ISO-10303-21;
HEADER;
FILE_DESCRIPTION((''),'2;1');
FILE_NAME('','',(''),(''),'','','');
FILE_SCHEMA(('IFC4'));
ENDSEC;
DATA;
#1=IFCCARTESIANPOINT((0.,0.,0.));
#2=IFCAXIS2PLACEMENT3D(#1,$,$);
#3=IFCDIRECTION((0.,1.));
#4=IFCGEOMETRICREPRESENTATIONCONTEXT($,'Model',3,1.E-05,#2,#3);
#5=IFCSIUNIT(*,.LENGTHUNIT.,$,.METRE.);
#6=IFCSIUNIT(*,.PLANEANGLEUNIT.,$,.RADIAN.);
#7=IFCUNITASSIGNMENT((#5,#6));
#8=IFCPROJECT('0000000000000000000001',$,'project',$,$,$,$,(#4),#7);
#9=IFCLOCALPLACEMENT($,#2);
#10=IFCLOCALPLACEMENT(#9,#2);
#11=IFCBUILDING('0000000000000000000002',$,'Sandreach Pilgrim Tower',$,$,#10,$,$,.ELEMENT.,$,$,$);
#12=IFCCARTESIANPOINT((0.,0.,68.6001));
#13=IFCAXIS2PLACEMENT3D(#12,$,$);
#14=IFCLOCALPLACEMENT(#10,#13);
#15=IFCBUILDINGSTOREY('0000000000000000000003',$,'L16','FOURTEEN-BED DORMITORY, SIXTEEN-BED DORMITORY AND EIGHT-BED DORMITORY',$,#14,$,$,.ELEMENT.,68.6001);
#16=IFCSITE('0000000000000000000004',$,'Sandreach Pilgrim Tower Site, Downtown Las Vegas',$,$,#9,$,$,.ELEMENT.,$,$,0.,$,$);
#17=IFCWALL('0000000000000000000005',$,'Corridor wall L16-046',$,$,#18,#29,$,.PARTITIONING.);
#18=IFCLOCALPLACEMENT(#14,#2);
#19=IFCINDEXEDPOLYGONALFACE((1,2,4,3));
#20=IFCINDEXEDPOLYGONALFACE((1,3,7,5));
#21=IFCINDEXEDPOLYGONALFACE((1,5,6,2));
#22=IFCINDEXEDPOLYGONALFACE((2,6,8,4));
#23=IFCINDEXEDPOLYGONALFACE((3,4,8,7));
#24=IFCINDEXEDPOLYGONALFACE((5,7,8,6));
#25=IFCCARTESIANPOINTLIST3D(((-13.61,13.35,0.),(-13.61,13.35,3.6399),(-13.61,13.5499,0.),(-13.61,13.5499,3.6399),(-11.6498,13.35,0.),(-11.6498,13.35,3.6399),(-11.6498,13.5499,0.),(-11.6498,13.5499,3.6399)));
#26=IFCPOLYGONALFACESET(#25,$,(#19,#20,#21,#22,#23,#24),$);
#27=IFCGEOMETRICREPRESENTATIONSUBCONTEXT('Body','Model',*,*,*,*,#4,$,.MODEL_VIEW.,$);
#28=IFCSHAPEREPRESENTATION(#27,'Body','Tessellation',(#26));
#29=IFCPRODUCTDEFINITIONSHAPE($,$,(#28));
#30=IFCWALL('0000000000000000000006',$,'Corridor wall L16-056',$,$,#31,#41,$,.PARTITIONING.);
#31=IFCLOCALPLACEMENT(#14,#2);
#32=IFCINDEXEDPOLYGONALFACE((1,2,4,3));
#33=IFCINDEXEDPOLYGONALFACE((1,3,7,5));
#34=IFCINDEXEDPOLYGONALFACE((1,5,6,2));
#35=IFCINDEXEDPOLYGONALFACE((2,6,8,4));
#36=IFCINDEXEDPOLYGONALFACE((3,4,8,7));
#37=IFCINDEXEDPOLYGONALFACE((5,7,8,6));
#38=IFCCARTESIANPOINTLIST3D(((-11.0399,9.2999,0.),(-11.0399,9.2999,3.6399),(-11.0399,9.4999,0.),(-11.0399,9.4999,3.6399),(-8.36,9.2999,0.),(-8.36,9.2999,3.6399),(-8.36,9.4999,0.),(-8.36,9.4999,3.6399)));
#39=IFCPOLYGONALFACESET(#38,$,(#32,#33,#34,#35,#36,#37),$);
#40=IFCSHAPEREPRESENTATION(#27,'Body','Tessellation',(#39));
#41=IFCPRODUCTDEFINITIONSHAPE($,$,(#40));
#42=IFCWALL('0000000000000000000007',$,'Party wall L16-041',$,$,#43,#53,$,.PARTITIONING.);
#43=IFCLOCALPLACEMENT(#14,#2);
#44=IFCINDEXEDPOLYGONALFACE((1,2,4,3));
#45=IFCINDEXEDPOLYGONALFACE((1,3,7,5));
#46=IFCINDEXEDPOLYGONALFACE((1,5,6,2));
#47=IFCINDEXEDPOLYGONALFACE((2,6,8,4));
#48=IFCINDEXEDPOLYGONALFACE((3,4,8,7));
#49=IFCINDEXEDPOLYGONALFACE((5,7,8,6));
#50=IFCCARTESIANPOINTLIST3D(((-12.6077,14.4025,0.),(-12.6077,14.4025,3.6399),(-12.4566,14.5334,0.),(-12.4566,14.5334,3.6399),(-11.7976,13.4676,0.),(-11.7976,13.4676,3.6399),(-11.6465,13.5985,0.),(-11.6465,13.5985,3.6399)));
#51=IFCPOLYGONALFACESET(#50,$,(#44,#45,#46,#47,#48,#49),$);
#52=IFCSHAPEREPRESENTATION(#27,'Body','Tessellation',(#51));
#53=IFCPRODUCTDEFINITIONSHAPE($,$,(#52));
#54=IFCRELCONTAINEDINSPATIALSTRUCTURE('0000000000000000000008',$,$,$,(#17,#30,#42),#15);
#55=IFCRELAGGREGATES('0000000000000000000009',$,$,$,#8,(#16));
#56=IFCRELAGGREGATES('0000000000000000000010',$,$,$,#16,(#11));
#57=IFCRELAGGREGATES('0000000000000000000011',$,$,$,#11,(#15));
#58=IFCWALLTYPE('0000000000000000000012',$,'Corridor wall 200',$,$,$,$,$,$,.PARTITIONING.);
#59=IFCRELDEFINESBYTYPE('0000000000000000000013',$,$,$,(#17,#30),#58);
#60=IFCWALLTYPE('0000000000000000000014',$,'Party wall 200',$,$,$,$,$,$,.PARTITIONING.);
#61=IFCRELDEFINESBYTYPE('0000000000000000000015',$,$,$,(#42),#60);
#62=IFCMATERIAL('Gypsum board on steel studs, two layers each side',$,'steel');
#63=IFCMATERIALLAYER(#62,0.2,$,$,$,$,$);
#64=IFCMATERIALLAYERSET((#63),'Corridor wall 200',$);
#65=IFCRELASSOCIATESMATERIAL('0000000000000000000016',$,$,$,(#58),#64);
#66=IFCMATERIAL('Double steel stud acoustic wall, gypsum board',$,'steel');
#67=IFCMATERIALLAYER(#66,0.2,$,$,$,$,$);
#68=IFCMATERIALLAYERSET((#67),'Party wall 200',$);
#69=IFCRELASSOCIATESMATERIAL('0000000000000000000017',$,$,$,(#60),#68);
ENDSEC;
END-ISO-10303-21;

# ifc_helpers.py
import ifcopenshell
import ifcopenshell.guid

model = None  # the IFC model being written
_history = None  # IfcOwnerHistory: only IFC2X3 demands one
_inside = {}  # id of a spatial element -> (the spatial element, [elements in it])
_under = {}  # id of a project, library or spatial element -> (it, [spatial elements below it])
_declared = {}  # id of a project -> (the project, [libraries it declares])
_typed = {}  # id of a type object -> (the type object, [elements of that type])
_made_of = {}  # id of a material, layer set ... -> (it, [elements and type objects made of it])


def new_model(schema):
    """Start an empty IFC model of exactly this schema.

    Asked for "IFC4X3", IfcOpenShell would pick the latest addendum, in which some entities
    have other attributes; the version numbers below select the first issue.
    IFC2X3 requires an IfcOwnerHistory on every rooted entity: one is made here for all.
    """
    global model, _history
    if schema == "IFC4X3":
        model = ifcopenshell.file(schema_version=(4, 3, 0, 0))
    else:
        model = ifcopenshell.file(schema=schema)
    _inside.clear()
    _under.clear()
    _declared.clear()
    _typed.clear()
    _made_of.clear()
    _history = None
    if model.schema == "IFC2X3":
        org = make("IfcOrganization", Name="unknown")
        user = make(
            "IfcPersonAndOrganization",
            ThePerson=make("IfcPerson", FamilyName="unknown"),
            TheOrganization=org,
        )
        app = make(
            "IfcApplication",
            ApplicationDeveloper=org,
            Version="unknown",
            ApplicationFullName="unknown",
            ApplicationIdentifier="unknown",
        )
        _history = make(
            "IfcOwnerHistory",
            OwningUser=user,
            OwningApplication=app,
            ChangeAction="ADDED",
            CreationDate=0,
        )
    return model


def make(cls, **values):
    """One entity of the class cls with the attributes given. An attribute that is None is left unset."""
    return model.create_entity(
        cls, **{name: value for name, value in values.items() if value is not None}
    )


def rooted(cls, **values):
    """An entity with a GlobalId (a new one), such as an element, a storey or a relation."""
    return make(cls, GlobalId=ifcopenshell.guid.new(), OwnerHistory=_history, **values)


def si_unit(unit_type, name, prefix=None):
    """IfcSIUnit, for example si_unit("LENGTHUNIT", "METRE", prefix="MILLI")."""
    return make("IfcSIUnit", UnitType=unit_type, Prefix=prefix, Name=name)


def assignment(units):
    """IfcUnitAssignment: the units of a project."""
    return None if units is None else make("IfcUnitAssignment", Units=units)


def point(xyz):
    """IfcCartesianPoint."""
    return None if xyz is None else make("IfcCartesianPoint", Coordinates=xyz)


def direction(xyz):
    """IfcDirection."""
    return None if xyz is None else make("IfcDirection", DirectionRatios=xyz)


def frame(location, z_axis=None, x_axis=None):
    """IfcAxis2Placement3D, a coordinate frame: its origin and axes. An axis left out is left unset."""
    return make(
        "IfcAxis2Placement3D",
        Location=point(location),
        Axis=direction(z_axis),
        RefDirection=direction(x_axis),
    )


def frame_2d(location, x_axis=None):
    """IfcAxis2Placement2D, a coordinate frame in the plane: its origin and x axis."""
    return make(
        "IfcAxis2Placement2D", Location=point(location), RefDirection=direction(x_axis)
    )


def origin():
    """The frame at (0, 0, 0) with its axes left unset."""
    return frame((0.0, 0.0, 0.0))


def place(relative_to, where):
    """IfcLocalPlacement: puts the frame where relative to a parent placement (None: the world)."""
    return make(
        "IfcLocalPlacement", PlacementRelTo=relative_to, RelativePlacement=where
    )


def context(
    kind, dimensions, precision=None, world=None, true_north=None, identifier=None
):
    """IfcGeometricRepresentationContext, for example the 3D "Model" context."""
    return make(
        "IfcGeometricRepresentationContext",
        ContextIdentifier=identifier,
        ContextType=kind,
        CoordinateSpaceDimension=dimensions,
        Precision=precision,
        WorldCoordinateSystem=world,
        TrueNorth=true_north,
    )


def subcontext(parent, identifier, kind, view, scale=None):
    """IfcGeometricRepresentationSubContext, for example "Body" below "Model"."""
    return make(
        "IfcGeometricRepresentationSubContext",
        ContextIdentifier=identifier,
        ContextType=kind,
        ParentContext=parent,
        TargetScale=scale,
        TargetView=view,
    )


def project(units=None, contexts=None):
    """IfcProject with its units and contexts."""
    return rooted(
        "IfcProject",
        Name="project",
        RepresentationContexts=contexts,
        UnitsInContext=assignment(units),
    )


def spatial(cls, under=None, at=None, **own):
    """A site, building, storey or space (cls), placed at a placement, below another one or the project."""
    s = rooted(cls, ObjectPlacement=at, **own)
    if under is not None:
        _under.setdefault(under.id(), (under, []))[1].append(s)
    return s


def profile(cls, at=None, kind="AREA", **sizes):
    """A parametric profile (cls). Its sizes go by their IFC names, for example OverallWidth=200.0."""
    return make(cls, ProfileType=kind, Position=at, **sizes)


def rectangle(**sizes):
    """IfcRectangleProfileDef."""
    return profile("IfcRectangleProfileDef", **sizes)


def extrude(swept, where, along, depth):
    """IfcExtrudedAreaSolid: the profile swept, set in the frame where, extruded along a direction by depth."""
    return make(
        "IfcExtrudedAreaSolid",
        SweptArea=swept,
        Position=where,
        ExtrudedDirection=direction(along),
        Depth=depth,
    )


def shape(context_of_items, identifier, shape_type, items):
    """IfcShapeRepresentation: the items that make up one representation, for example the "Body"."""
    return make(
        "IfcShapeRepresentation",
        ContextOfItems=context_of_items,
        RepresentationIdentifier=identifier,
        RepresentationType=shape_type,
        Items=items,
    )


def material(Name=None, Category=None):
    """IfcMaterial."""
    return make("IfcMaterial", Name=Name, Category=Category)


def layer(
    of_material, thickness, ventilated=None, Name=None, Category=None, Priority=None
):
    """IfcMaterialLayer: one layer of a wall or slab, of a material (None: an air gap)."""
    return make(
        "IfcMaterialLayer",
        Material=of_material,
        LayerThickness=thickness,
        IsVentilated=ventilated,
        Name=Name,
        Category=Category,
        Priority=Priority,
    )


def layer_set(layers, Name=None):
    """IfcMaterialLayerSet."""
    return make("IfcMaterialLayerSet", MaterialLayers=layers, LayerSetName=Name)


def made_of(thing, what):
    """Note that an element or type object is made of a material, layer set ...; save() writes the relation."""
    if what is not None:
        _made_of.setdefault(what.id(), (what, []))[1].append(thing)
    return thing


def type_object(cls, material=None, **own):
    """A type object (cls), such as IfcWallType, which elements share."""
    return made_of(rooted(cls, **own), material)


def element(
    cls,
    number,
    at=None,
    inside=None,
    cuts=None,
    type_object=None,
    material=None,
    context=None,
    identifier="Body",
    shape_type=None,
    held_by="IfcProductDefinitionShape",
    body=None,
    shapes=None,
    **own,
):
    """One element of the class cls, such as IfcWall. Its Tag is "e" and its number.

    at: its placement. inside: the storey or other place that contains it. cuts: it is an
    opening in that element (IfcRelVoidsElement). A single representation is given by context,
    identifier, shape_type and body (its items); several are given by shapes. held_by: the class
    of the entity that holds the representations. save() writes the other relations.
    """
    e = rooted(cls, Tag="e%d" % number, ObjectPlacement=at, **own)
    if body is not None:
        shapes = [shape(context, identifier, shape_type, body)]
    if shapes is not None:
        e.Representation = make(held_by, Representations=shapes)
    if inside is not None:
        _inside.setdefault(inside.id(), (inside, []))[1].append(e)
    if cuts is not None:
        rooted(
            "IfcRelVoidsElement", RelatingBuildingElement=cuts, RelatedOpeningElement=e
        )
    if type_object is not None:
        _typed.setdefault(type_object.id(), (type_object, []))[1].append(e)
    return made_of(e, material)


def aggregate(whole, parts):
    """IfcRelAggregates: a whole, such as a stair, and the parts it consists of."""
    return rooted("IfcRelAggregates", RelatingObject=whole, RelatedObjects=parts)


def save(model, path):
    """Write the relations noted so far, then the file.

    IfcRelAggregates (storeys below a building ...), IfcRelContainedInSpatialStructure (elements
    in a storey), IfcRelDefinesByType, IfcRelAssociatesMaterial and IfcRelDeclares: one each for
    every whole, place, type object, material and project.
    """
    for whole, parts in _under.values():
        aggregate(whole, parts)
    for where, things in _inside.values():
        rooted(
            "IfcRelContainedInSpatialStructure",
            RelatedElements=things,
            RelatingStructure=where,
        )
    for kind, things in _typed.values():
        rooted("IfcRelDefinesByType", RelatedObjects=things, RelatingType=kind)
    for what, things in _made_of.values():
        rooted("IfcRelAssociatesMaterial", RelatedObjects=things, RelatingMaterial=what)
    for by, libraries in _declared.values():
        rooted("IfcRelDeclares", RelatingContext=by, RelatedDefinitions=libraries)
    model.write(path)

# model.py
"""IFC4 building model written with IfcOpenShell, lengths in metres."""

from ifc_helpers import new_model, si_unit, direction, frame, frame_2d, origin, place, context, subcontext, project, spatial, rectangle, extrude, material, layer, layer_set, type_object, element, save


model = new_model("IFC4")

# Units and contexts
model_context = context("Model", 3, precision=1e-05, world=origin(), true_north=direction((0.0, 1.0)))
body_context = subcontext(model_context, "Body", "Model", "MODEL_VIEW")
ifc_project = project(units=[si_unit("LENGTHUNIT", "METRE"), si_unit("PLANEANGLEUNIT", "RADIAN")], contexts=[model_context])

# Site, building, storey
site_placement = place(None, origin())
site = spatial("IfcSite", under=ifc_project, at=site_placement, Name="Sandreach Pilgrim Tower Site, Downtown Las Vegas", CompositionType="ELEMENT", RefElevation=0.0)
building_placement = place(site_placement, origin())
building = spatial("IfcBuilding", under=site, at=building_placement, Name="Sandreach Pilgrim Tower", CompositionType="ELEMENT")
storey_placement = place(building_placement, frame((0.0, 0.0, 68.6001)))
storey = spatial("IfcBuildingStorey", under=building, at=storey_placement, Name="L16", Description="FOURTEEN-BED DORMITORY, SIXTEEN-BED DORMITORY AND EIGHT-BED DORMITORY", CompositionType="ELEMENT", Elevation=68.6001)

# Shared definitions
ifc_material_1 = material(Name="Gypsum board on steel studs, two layers each side", Category="steel")
ifc_layer_1 = layer(ifc_material_1, 0.2)
ifc_layer_set_1 = layer_set([ifc_layer_1], Name="Corridor wall 200")
wall_type_1 = type_object("IfcWallType", Name="Corridor wall 200", PredefinedType="PARTITIONING", material=ifc_layer_set_1)

# Wall
wall_1_placement = place(storey_placement, frame((-11.6499, 13.45, 0.0), z_axis=(0.0, 0.0, 1.0), x_axis=(-1.0, 0.0, 0.0)))
element("IfcWall", 1, at=wall_1_placement, inside=storey, type_object=wall_type_1, Name="Corridor wall L16-046", PredefinedType="PARTITIONING", context=body_context, shape_type="SweptSolid", body=[
    extrude(rectangle(XDim=1.9602, YDim=0.2, at=frame_2d((0.98, 0.0))), origin(), (0.0, 0.0, 1.0), 3.6399),
])

# Walls
wall_2_placement = place(storey_placement, frame((-8.3601, 9.3999, 0.0), z_axis=(0.0, 0.0, 1.0), x_axis=(-1.0, 0.0, 0.0)))
element("IfcWall", 2, at=wall_2_placement, inside=storey, type_object=wall_type_1, Name="Corridor wall L16-056", PredefinedType="PARTITIONING", context=body_context, shape_type="SweptSolid", body=[
    extrude(rectangle(XDim=2.6799, YDim=0.2, at=frame_2d((1.3398, 0.0))), origin(), (0.0, 0.0, 1.0), 3.6399),
])
ifc_material_2 = material(Name="Double steel stud acoustic wall, gypsum board", Category="steel")
ifc_layer_2 = layer(ifc_material_2, 0.2)
ifc_layer_set_2 = layer_set([ifc_layer_2], Name="Party wall 200")
wall_type_2 = type_object("IfcWallType", Name="Party wall 200", PredefinedType="PARTITIONING", material=ifc_layer_set_2)
wall_3_placement = place(storey_placement, frame((-12.5322, 14.468, 0.0), z_axis=(0.0, 0.0, 1.0), x_axis=(0.654878, -0.755735, 0.0)))
element("IfcWall", 3, at=wall_3_placement, inside=storey, type_object=wall_type_2, Name="Party wall L16-041", PredefinedType="PARTITIONING", context=body_context, shape_type="SweptSolid", body=[
    extrude(rectangle(XDim=1.2371, YDim=0.2, at=frame_2d((0.6187, 0.0))), origin(), (0.0, 0.0, 1.0), 3.6399),
])

save(model, "model.ifc")
